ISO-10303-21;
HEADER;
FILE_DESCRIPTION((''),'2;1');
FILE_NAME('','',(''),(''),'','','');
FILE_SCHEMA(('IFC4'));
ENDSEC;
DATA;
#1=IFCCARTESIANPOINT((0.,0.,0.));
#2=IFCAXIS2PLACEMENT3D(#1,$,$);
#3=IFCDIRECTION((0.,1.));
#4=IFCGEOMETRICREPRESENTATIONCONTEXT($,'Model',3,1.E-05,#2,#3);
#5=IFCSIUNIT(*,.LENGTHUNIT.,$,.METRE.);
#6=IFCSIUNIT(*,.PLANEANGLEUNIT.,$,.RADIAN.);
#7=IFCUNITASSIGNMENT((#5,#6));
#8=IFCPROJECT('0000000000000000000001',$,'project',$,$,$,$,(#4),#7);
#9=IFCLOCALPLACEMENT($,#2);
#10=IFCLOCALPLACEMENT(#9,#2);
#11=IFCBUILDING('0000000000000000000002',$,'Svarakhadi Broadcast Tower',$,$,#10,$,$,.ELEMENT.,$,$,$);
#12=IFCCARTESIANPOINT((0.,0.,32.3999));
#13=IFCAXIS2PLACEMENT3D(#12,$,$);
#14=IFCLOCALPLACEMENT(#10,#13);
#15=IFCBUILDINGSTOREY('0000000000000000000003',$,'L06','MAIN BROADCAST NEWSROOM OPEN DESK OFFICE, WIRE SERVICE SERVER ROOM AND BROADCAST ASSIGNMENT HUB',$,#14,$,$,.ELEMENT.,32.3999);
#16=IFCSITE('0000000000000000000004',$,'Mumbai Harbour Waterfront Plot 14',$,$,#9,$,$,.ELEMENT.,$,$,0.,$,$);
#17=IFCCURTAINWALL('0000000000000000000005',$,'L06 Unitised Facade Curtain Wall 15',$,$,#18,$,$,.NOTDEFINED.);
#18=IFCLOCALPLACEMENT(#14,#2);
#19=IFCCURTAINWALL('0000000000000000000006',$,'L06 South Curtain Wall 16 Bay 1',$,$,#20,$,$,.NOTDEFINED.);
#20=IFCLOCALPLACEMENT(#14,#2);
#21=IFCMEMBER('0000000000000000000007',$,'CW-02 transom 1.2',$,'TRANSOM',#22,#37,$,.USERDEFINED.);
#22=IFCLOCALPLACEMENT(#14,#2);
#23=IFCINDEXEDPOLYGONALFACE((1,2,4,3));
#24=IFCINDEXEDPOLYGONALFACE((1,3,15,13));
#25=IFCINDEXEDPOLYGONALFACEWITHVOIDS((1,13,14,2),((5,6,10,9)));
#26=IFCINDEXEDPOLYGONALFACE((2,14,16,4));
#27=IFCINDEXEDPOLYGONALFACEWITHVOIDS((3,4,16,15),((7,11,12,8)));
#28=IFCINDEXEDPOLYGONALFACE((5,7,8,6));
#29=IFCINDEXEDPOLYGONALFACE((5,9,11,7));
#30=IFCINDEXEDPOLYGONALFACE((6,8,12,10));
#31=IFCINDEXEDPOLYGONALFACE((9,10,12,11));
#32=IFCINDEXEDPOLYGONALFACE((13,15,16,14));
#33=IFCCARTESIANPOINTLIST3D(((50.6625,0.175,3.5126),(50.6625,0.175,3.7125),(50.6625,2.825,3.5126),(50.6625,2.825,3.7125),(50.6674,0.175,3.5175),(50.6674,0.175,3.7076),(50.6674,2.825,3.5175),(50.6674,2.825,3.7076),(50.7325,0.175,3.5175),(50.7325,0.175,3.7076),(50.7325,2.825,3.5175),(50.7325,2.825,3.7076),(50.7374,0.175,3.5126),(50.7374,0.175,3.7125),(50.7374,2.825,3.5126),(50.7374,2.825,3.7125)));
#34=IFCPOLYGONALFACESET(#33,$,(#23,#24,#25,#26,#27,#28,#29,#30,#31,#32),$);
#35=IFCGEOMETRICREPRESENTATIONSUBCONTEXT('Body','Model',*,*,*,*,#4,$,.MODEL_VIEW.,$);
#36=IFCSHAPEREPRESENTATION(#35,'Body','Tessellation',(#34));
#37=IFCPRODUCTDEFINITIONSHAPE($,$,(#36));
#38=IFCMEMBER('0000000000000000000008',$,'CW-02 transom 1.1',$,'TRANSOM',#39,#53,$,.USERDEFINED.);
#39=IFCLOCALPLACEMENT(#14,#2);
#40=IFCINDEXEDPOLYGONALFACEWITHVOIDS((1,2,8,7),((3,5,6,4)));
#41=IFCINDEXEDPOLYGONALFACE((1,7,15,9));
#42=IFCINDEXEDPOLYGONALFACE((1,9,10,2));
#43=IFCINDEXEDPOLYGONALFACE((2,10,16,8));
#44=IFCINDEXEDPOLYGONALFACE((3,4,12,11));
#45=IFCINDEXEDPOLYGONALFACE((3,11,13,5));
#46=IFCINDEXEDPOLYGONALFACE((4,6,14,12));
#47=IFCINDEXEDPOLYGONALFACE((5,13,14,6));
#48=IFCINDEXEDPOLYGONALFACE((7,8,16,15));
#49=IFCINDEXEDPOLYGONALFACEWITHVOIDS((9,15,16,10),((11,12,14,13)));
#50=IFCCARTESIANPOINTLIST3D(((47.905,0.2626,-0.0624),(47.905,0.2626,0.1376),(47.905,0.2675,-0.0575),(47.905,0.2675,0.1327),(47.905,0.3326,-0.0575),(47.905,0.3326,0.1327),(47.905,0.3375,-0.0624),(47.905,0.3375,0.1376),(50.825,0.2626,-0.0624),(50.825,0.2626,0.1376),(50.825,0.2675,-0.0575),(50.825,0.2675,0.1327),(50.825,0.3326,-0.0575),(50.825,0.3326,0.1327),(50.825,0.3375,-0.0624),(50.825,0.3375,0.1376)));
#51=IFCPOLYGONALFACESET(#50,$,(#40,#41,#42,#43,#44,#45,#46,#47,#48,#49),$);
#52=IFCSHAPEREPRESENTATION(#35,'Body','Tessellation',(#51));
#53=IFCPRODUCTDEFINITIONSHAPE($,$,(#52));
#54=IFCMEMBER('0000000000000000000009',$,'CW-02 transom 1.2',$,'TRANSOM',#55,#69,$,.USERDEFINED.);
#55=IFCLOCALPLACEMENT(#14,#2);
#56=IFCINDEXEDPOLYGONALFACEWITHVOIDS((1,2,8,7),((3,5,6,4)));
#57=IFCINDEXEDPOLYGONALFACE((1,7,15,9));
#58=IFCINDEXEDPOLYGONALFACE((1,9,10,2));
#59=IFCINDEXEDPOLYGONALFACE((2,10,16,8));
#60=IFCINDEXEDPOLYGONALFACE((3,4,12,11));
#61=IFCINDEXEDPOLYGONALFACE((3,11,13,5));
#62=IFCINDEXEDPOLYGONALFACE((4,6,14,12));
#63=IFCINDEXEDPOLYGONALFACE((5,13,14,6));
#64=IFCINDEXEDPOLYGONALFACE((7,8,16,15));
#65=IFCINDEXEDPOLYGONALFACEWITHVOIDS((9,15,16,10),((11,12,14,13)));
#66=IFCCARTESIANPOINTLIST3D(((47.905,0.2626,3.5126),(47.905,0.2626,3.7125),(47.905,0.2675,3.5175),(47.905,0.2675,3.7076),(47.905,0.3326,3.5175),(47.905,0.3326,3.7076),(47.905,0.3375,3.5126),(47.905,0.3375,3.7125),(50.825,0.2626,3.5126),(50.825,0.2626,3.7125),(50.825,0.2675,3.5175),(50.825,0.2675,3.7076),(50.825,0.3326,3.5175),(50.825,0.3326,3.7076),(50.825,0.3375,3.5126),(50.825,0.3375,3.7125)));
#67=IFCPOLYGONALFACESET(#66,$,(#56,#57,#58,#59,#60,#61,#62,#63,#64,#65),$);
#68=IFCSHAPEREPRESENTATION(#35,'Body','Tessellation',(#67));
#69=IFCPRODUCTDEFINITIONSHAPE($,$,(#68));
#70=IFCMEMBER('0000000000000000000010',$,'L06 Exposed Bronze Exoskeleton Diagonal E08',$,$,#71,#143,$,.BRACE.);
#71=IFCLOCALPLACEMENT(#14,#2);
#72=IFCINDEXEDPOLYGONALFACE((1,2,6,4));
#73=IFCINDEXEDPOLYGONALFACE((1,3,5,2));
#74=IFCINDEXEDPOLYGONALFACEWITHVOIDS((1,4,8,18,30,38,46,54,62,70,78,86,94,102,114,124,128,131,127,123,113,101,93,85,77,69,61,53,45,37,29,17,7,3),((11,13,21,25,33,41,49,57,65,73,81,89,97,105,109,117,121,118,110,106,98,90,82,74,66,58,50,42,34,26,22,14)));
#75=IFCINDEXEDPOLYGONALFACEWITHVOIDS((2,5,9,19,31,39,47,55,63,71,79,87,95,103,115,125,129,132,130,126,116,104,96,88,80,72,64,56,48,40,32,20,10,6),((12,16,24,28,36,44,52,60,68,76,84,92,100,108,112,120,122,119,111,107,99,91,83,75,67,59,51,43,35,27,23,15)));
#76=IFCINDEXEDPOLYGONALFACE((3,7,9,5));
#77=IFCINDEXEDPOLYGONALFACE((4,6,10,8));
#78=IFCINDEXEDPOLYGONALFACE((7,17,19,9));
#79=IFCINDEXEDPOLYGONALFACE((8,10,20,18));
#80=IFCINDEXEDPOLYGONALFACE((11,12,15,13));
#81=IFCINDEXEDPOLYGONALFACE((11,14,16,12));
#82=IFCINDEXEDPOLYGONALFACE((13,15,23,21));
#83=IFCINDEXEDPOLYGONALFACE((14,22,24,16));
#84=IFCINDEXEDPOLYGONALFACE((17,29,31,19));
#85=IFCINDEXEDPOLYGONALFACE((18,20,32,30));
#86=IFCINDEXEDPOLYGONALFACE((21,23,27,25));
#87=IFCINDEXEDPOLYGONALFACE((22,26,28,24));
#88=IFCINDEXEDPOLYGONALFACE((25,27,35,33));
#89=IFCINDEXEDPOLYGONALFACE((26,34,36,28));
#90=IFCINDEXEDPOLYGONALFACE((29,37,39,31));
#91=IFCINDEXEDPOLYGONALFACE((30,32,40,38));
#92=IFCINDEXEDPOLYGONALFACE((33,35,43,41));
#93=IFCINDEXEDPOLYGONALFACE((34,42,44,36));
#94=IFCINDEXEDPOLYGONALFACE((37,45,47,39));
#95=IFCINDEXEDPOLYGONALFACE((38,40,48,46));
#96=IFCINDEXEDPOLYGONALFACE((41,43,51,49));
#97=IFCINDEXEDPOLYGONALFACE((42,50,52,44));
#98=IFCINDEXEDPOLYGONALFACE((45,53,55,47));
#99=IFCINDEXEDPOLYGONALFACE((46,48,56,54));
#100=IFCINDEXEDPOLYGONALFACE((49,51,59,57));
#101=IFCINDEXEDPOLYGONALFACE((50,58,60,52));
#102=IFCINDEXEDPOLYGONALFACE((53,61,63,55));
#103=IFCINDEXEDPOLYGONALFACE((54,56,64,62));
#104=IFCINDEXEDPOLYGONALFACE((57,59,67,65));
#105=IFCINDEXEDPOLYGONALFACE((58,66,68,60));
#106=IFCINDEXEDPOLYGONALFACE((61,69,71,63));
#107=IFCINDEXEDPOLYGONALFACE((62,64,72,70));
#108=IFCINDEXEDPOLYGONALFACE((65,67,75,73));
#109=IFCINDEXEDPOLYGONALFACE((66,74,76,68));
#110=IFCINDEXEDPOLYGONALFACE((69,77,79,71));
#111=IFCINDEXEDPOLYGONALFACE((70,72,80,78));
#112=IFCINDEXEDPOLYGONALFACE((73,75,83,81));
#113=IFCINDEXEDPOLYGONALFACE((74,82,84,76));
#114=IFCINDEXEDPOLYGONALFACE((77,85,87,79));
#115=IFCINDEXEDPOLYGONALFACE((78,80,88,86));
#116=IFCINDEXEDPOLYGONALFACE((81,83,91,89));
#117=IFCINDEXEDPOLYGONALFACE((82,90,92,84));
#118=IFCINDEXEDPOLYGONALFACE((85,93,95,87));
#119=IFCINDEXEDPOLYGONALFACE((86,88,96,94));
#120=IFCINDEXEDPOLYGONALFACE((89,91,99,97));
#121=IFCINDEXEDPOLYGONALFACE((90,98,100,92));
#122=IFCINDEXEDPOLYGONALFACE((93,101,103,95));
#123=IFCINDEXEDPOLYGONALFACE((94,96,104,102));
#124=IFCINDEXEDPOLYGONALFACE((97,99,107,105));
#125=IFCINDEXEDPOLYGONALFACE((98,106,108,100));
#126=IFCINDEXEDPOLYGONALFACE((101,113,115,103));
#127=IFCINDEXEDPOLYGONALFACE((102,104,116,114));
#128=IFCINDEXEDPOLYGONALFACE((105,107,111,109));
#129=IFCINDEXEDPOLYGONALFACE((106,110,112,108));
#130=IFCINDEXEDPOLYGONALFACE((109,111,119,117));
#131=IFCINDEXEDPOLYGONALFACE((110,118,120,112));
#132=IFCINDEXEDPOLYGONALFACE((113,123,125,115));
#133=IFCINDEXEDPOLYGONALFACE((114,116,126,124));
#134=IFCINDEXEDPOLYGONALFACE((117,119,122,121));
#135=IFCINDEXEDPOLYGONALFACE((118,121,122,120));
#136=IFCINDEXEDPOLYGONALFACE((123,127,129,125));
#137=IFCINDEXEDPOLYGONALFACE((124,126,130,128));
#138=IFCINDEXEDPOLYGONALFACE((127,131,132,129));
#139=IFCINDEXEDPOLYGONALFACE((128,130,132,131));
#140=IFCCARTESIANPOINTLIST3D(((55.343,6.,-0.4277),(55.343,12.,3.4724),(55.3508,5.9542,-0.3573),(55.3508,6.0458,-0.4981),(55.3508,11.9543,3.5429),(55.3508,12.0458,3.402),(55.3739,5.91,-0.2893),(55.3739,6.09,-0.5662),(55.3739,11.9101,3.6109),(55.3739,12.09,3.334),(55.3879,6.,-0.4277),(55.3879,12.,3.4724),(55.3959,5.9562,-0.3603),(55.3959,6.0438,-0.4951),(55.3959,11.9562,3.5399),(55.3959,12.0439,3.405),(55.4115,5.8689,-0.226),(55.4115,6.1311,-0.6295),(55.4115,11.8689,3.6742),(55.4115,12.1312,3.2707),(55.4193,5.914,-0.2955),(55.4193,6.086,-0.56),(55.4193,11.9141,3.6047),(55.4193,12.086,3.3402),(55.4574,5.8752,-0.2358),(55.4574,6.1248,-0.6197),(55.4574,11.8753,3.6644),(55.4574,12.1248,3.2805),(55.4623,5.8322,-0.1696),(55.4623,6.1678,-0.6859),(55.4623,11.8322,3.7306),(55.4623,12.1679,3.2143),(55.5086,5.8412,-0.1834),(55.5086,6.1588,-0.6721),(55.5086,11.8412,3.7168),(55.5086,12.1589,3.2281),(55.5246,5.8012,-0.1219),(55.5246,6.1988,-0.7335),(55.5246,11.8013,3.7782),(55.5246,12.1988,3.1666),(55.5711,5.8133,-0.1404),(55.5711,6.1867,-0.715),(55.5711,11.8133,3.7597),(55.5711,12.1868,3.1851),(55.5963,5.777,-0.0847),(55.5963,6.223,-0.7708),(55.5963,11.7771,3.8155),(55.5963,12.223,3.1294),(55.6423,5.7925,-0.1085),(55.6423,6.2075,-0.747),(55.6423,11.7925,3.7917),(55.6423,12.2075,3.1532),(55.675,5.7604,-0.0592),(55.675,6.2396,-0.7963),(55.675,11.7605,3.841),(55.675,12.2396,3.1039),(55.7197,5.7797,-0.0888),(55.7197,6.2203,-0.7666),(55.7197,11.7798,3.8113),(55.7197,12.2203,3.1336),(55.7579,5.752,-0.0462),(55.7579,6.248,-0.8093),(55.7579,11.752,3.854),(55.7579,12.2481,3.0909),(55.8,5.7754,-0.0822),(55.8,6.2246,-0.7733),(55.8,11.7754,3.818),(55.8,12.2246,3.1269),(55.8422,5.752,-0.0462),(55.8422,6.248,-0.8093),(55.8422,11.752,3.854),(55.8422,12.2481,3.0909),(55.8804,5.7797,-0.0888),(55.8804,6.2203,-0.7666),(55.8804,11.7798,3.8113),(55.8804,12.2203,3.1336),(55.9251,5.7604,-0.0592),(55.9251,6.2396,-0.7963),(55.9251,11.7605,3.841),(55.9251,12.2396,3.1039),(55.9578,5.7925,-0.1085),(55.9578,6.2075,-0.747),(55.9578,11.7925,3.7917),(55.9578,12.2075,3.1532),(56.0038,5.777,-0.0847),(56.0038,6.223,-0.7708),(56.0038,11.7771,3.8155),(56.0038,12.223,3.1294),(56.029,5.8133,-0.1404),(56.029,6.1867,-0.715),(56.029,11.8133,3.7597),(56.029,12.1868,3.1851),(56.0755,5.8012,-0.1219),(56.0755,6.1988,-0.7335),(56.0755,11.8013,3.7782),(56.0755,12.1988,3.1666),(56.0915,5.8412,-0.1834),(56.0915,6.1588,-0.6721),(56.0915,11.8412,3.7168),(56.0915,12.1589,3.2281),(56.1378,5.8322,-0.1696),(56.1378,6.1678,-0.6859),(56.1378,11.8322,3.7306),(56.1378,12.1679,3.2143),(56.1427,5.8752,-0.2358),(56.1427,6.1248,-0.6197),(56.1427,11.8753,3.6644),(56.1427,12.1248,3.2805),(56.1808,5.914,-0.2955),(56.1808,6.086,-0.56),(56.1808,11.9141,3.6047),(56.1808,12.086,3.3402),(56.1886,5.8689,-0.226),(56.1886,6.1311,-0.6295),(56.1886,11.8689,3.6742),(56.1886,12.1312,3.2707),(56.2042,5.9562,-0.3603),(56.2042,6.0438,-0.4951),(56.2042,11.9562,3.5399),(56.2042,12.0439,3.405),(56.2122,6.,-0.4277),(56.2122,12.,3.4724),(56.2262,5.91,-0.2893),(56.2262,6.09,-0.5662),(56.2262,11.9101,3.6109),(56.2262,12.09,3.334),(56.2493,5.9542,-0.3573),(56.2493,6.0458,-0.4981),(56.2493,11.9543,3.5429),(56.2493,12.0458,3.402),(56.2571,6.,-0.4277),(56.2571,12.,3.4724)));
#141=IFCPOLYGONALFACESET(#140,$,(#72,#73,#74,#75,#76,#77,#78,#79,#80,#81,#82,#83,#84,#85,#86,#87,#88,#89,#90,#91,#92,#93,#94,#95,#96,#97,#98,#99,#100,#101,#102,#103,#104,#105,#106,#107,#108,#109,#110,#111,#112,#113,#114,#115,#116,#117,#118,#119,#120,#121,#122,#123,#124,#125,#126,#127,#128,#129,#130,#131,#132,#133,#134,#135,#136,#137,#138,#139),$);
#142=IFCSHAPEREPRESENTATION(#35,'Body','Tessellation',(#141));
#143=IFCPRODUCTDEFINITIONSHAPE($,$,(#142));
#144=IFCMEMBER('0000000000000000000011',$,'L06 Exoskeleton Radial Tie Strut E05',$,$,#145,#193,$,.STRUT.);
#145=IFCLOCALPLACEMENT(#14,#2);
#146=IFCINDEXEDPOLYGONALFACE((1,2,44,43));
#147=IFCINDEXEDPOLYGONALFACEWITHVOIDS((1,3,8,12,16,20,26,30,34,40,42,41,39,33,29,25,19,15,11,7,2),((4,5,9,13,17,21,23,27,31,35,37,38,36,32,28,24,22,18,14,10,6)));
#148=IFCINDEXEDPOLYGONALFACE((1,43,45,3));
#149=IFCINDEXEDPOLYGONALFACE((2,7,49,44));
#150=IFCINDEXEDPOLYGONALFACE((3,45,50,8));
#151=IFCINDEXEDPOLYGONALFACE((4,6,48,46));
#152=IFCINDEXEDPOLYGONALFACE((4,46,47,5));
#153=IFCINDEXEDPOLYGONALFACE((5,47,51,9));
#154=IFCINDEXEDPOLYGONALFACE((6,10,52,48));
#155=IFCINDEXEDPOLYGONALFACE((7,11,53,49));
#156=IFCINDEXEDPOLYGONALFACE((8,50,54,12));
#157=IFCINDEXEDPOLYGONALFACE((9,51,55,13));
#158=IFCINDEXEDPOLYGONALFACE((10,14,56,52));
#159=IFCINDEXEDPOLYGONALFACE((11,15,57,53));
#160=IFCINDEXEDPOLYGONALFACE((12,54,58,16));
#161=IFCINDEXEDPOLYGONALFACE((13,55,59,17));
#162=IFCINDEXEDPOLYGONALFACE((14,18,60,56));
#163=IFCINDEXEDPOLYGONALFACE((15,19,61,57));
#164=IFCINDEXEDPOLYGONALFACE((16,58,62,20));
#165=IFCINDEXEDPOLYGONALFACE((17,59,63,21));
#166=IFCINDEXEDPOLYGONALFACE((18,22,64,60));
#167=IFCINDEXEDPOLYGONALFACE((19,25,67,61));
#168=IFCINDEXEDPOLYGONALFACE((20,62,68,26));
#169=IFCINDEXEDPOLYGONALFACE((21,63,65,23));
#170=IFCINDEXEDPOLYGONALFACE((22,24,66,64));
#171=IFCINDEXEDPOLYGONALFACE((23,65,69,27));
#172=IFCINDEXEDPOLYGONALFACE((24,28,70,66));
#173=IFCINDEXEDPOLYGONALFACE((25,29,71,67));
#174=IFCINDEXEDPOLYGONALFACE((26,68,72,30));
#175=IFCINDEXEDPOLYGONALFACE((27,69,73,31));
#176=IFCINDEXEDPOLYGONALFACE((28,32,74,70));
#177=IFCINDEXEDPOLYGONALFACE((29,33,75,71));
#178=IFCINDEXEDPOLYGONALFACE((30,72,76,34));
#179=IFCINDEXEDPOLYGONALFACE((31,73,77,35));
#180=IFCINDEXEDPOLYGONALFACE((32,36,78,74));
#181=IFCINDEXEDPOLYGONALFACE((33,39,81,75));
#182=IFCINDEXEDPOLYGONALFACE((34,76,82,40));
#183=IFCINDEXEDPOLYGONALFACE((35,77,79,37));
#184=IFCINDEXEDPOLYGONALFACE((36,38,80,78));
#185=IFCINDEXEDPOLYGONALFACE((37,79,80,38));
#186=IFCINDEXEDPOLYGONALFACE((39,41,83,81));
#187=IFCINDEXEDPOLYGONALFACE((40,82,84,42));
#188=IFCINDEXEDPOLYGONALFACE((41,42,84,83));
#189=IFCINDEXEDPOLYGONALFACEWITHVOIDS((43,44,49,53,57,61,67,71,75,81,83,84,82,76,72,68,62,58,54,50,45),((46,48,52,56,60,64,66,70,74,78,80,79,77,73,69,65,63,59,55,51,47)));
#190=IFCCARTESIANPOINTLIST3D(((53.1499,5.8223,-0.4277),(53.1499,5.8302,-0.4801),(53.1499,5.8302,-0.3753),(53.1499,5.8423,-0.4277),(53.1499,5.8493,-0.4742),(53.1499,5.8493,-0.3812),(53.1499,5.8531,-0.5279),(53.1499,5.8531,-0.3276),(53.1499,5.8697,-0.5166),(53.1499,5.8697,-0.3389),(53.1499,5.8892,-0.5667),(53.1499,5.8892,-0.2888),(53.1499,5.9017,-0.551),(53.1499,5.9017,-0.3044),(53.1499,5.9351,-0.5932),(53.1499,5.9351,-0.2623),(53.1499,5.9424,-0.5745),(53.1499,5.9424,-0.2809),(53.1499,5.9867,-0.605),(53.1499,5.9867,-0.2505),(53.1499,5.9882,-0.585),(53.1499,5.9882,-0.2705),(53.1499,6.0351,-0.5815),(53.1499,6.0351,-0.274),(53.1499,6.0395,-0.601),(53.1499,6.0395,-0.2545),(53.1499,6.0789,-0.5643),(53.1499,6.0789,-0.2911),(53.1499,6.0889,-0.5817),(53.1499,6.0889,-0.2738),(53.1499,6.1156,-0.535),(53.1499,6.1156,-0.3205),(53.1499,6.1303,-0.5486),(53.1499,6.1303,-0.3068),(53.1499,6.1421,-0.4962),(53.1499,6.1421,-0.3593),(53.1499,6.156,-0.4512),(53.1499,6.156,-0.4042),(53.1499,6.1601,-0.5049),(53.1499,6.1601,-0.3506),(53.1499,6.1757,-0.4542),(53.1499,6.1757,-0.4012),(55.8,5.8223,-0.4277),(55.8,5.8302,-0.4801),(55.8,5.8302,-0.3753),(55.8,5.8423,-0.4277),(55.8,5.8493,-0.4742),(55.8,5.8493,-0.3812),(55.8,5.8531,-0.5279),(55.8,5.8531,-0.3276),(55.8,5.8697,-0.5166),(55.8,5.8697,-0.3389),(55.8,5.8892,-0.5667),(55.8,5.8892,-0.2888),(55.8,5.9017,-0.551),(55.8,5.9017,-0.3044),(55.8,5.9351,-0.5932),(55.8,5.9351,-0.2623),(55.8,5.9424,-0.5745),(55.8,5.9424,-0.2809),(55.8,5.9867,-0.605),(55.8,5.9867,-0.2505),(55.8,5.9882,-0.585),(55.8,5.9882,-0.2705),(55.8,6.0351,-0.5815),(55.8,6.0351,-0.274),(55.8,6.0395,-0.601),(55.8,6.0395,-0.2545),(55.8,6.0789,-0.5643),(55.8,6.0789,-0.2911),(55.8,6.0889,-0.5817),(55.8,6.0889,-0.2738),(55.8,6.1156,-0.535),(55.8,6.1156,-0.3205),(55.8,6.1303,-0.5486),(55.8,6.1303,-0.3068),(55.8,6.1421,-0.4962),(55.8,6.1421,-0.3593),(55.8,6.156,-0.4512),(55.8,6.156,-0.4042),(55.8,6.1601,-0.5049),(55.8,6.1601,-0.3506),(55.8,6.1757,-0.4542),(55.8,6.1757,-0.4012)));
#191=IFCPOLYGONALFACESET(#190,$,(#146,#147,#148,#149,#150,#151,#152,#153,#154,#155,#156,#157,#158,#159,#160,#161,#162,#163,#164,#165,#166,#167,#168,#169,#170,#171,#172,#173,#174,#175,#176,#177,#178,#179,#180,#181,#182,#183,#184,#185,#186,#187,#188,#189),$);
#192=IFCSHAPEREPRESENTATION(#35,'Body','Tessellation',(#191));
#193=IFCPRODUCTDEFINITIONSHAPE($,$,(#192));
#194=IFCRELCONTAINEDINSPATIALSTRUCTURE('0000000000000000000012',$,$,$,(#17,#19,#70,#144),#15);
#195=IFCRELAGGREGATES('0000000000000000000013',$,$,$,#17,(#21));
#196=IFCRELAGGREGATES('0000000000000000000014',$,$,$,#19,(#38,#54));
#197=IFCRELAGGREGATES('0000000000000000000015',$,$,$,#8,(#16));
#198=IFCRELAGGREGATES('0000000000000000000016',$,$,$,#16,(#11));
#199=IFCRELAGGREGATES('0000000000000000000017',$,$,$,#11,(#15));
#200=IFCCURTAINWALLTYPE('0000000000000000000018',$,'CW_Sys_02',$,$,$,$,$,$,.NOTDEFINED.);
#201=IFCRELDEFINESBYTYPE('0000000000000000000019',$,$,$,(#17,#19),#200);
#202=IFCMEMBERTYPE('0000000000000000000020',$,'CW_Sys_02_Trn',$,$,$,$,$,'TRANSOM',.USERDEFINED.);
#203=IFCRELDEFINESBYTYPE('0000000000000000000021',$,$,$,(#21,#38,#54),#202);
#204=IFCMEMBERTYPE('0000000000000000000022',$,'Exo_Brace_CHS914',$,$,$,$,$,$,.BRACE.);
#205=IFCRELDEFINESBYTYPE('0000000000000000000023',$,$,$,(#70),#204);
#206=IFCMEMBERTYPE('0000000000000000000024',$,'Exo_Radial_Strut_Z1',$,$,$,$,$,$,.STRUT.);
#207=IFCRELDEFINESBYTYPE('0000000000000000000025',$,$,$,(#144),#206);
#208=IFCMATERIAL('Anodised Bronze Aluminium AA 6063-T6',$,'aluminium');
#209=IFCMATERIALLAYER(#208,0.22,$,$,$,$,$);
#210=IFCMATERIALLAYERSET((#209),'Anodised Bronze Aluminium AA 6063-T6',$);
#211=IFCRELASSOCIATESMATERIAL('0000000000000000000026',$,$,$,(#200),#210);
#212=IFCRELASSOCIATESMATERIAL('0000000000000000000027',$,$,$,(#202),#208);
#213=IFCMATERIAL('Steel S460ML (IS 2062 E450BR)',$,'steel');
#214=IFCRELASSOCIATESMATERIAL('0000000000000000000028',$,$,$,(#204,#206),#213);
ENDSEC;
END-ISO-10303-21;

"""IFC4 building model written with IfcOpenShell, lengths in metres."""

from ifc_helpers import new_model, si_unit, direction, frame, origin, origin_2d, place, context, subcontext, project, spatial, hollow_rectangle, hollow_circle, extrude, material, layer, layer_set, material_profile, profile_set, type_object, element, aggregate, save


model = new_model("IFC4")

# Units and contexts
model_context = context("Model", 3, precision=1e-05, world=origin(), true_north=direction((0.0, 1.0)))
body_context = subcontext(model_context, "Body", "Model", "MODEL_VIEW")
ifc_project = project(units=[si_unit("LENGTHUNIT", "METRE"), si_unit("PLANEANGLEUNIT", "RADIAN")], contexts=[model_context])

# Site, building, storey
site_placement = place(None, origin())
site = spatial("IfcSite", under=ifc_project, at=site_placement, Name="Mumbai Harbour Waterfront Plot 14", CompositionType="ELEMENT", RefElevation=0.0)
building_placement = place(site_placement, origin())
building = spatial("IfcBuilding", under=site, at=building_placement, Name="Svarakhadi Broadcast Tower", CompositionType="ELEMENT")
storey_placement = place(building_placement, frame((0.0, 0.0, 32.3999)))
storey = spatial("IfcBuildingStorey", under=building, at=storey_placement, Name="L06", Description="MAIN BROADCAST NEWSROOM OPEN DESK OFFICE, WIRE SERVICE SERVER ROOM AND BROADCAST ASSIGNMENT HUB", CompositionType="ELEMENT", Elevation=32.3999)

# Shared definitions
ifc_material_1 = material(Name="Steel S460ML (IS 2062 E450BR)", Category="steel")

# Curtain walls
ifc_material_2 = material(Name="Anodised Bronze Aluminium AA 6063-T6", Category="aluminium")
ifc_layer_1 = layer(ifc_material_2, 0.22)
ifc_layer_set_1 = layer_set([ifc_layer_1], Name="Anodised Bronze Aluminium AA 6063-T6")
curtain_wall_type = type_object("IfcCurtainWallType", Name="CW_Sys_02", PredefinedType="NOTDEFINED", material=ifc_layer_set_1)
curtain_wall_1_placement = place(storey_placement, origin())
curtain_wall_1 = element("IfcCurtainWall", 1, at=curtain_wall_1_placement, inside=storey, type_object=curtain_wall_type, Name="L06 Unitised Facade Curtain Wall 15", PredefinedType="NOTDEFINED")
curtain_wall_2_placement = place(storey_placement, origin())
curtain_wall_2 = element("IfcCurtainWall", 2, at=curtain_wall_2_placement, inside=storey, type_object=curtain_wall_type, Name="L06 South Curtain Wall 16 Bay 1", PredefinedType="NOTDEFINED")

# Members
ifc_material_profile_1 = material_profile(ifc_material_2, hollow_rectangle(XDim=0.075, YDim=0.2, WallThickness=0.0049, at=origin_2d()), Name="ALU TRANSOM 200x75x5")
ifc_profile_set_1 = profile_set([ifc_material_profile_1], Name="Anodised Bronze Aluminium AA 6063-T6")
member_type_1 = type_object("IfcMemberType", Name="CW_Sys_02_Trn", ElementType="TRANSOM", PredefinedType="USERDEFINED", material=ifc_profile_set_1)
member_1_placement = place(storey_placement, frame((50.7, 2.825, 3.6125), z_axis=(0.0, -1.0, 0.0), x_axis=(1.0, 0.0, 0.0)))
member_1 = element("IfcMember", 3, at=member_1_placement, type_object=member_type_1, Name="CW-02 transom 1.2", ObjectType="TRANSOM", PredefinedType="USERDEFINED", context=body_context, shape_type="SweptSolid", body=[
    extrude(hollow_rectangle(XDim=0.075, YDim=0.2, WallThickness=0.0049, at=origin_2d()), origin(), (0.0, 0.0, 1.0), 2.6499),
])
member_2_placement = place(storey_placement, frame((50.825, 0.3, 0.0376), z_axis=(-1.0, 0.0, 0.0), x_axis=(0.0, -1.0, 0.0)))
member_2 = element("IfcMember", 4, at=member_2_placement, type_object=member_type_1, Name="CW-02 transom 1.1", ObjectType="TRANSOM", PredefinedType="USERDEFINED", context=body_context, shape_type="SweptSolid", body=[
    extrude(hollow_rectangle(XDim=0.075, YDim=0.2, WallThickness=0.0049, at=origin_2d()), origin(), (0.0, 0.0, 1.0), 2.9199),
])
member_3_placement = place(storey_placement, frame((50.825, 0.3, 3.6125), z_axis=(-1.0, 0.0, 0.0), x_axis=(0.0, -1.0, 0.0)))
member_3 = element("IfcMember", 5, at=member_3_placement, type_object=member_type_1, Name="CW-02 transom 1.2", ObjectType="TRANSOM", PredefinedType="USERDEFINED", context=body_context, shape_type="SweptSolid", body=[
    extrude(hollow_rectangle(XDim=0.075, YDim=0.2, WallThickness=0.0049, at=origin_2d()), origin(), (0.0, 0.0, 1.0), 2.9199),
])

# Members
ifc_material_profile_2 = material_profile(ifc_material_1, hollow_circle(Radius=0.457, WallThickness=0.0449, at=origin_2d()), Name="CHS 914x45")
ifc_profile_set_2 = profile_set([ifc_material_profile_2], Name="Steel S460ML (IS 2062 E450BR)")
member_type_2 = type_object("IfcMemberType", Name="Exo_Brace_CHS914", PredefinedType="BRACE", material=ifc_profile_set_2)
member_4_placement = place(storey_placement, frame((55.8, 6.0, -0.4277), z_axis=(0.0, 0.838434, 0.545003), x_axis=(-1.0, 0.0, 0.0)))
element("IfcMember", 6, at=member_4_placement, inside=storey, type_object=member_type_2, Name="L06 Exposed Bronze Exoskeleton Diagonal E08", PredefinedType="BRACE", context=body_context, shape_type="SweptSolid", body=[
    extrude(hollow_circle(Radius=0.457, WallThickness=0.0449, at=origin_2d()), origin(), (0.0, 0.0, 1.0), 7.1562),
])
ifc_material_profile_3 = material_profile(ifc_material_1, hollow_circle(Radius=0.1777, WallThickness=0.02, at=origin_2d()), Name="CHS 355.6x20")
ifc_profile_set_3 = profile_set([ifc_material_profile_3], Name="Steel S460ML (IS 2062 E450BR)")
member_type_3 = type_object("IfcMemberType", Name="Exo_Radial_Strut_Z1", PredefinedType="STRUT", material=ifc_profile_set_3)
member_5_placement = place(storey_placement, frame((55.8, 6.0, -0.4277), z_axis=(-1.0, 0.0, 0.0), x_axis=(0.0, -1.0, 0.0)))
element("IfcMember", 7, at=member_5_placement, inside=storey, type_object=member_type_3, Name="L06 Exoskeleton Radial Tie Strut E05", PredefinedType="STRUT", context=body_context, shape_type="SweptSolid", body=[
    extrude(hollow_circle(Radius=0.1777, WallThickness=0.02, at=origin_2d()), origin(), (0.0, 0.0, 1.0), 2.6501),
])

aggregate(curtain_wall_1, [member_1])
aggregate(curtain_wall_2, [member_2, member_3])

save(model, "model.ifc")
